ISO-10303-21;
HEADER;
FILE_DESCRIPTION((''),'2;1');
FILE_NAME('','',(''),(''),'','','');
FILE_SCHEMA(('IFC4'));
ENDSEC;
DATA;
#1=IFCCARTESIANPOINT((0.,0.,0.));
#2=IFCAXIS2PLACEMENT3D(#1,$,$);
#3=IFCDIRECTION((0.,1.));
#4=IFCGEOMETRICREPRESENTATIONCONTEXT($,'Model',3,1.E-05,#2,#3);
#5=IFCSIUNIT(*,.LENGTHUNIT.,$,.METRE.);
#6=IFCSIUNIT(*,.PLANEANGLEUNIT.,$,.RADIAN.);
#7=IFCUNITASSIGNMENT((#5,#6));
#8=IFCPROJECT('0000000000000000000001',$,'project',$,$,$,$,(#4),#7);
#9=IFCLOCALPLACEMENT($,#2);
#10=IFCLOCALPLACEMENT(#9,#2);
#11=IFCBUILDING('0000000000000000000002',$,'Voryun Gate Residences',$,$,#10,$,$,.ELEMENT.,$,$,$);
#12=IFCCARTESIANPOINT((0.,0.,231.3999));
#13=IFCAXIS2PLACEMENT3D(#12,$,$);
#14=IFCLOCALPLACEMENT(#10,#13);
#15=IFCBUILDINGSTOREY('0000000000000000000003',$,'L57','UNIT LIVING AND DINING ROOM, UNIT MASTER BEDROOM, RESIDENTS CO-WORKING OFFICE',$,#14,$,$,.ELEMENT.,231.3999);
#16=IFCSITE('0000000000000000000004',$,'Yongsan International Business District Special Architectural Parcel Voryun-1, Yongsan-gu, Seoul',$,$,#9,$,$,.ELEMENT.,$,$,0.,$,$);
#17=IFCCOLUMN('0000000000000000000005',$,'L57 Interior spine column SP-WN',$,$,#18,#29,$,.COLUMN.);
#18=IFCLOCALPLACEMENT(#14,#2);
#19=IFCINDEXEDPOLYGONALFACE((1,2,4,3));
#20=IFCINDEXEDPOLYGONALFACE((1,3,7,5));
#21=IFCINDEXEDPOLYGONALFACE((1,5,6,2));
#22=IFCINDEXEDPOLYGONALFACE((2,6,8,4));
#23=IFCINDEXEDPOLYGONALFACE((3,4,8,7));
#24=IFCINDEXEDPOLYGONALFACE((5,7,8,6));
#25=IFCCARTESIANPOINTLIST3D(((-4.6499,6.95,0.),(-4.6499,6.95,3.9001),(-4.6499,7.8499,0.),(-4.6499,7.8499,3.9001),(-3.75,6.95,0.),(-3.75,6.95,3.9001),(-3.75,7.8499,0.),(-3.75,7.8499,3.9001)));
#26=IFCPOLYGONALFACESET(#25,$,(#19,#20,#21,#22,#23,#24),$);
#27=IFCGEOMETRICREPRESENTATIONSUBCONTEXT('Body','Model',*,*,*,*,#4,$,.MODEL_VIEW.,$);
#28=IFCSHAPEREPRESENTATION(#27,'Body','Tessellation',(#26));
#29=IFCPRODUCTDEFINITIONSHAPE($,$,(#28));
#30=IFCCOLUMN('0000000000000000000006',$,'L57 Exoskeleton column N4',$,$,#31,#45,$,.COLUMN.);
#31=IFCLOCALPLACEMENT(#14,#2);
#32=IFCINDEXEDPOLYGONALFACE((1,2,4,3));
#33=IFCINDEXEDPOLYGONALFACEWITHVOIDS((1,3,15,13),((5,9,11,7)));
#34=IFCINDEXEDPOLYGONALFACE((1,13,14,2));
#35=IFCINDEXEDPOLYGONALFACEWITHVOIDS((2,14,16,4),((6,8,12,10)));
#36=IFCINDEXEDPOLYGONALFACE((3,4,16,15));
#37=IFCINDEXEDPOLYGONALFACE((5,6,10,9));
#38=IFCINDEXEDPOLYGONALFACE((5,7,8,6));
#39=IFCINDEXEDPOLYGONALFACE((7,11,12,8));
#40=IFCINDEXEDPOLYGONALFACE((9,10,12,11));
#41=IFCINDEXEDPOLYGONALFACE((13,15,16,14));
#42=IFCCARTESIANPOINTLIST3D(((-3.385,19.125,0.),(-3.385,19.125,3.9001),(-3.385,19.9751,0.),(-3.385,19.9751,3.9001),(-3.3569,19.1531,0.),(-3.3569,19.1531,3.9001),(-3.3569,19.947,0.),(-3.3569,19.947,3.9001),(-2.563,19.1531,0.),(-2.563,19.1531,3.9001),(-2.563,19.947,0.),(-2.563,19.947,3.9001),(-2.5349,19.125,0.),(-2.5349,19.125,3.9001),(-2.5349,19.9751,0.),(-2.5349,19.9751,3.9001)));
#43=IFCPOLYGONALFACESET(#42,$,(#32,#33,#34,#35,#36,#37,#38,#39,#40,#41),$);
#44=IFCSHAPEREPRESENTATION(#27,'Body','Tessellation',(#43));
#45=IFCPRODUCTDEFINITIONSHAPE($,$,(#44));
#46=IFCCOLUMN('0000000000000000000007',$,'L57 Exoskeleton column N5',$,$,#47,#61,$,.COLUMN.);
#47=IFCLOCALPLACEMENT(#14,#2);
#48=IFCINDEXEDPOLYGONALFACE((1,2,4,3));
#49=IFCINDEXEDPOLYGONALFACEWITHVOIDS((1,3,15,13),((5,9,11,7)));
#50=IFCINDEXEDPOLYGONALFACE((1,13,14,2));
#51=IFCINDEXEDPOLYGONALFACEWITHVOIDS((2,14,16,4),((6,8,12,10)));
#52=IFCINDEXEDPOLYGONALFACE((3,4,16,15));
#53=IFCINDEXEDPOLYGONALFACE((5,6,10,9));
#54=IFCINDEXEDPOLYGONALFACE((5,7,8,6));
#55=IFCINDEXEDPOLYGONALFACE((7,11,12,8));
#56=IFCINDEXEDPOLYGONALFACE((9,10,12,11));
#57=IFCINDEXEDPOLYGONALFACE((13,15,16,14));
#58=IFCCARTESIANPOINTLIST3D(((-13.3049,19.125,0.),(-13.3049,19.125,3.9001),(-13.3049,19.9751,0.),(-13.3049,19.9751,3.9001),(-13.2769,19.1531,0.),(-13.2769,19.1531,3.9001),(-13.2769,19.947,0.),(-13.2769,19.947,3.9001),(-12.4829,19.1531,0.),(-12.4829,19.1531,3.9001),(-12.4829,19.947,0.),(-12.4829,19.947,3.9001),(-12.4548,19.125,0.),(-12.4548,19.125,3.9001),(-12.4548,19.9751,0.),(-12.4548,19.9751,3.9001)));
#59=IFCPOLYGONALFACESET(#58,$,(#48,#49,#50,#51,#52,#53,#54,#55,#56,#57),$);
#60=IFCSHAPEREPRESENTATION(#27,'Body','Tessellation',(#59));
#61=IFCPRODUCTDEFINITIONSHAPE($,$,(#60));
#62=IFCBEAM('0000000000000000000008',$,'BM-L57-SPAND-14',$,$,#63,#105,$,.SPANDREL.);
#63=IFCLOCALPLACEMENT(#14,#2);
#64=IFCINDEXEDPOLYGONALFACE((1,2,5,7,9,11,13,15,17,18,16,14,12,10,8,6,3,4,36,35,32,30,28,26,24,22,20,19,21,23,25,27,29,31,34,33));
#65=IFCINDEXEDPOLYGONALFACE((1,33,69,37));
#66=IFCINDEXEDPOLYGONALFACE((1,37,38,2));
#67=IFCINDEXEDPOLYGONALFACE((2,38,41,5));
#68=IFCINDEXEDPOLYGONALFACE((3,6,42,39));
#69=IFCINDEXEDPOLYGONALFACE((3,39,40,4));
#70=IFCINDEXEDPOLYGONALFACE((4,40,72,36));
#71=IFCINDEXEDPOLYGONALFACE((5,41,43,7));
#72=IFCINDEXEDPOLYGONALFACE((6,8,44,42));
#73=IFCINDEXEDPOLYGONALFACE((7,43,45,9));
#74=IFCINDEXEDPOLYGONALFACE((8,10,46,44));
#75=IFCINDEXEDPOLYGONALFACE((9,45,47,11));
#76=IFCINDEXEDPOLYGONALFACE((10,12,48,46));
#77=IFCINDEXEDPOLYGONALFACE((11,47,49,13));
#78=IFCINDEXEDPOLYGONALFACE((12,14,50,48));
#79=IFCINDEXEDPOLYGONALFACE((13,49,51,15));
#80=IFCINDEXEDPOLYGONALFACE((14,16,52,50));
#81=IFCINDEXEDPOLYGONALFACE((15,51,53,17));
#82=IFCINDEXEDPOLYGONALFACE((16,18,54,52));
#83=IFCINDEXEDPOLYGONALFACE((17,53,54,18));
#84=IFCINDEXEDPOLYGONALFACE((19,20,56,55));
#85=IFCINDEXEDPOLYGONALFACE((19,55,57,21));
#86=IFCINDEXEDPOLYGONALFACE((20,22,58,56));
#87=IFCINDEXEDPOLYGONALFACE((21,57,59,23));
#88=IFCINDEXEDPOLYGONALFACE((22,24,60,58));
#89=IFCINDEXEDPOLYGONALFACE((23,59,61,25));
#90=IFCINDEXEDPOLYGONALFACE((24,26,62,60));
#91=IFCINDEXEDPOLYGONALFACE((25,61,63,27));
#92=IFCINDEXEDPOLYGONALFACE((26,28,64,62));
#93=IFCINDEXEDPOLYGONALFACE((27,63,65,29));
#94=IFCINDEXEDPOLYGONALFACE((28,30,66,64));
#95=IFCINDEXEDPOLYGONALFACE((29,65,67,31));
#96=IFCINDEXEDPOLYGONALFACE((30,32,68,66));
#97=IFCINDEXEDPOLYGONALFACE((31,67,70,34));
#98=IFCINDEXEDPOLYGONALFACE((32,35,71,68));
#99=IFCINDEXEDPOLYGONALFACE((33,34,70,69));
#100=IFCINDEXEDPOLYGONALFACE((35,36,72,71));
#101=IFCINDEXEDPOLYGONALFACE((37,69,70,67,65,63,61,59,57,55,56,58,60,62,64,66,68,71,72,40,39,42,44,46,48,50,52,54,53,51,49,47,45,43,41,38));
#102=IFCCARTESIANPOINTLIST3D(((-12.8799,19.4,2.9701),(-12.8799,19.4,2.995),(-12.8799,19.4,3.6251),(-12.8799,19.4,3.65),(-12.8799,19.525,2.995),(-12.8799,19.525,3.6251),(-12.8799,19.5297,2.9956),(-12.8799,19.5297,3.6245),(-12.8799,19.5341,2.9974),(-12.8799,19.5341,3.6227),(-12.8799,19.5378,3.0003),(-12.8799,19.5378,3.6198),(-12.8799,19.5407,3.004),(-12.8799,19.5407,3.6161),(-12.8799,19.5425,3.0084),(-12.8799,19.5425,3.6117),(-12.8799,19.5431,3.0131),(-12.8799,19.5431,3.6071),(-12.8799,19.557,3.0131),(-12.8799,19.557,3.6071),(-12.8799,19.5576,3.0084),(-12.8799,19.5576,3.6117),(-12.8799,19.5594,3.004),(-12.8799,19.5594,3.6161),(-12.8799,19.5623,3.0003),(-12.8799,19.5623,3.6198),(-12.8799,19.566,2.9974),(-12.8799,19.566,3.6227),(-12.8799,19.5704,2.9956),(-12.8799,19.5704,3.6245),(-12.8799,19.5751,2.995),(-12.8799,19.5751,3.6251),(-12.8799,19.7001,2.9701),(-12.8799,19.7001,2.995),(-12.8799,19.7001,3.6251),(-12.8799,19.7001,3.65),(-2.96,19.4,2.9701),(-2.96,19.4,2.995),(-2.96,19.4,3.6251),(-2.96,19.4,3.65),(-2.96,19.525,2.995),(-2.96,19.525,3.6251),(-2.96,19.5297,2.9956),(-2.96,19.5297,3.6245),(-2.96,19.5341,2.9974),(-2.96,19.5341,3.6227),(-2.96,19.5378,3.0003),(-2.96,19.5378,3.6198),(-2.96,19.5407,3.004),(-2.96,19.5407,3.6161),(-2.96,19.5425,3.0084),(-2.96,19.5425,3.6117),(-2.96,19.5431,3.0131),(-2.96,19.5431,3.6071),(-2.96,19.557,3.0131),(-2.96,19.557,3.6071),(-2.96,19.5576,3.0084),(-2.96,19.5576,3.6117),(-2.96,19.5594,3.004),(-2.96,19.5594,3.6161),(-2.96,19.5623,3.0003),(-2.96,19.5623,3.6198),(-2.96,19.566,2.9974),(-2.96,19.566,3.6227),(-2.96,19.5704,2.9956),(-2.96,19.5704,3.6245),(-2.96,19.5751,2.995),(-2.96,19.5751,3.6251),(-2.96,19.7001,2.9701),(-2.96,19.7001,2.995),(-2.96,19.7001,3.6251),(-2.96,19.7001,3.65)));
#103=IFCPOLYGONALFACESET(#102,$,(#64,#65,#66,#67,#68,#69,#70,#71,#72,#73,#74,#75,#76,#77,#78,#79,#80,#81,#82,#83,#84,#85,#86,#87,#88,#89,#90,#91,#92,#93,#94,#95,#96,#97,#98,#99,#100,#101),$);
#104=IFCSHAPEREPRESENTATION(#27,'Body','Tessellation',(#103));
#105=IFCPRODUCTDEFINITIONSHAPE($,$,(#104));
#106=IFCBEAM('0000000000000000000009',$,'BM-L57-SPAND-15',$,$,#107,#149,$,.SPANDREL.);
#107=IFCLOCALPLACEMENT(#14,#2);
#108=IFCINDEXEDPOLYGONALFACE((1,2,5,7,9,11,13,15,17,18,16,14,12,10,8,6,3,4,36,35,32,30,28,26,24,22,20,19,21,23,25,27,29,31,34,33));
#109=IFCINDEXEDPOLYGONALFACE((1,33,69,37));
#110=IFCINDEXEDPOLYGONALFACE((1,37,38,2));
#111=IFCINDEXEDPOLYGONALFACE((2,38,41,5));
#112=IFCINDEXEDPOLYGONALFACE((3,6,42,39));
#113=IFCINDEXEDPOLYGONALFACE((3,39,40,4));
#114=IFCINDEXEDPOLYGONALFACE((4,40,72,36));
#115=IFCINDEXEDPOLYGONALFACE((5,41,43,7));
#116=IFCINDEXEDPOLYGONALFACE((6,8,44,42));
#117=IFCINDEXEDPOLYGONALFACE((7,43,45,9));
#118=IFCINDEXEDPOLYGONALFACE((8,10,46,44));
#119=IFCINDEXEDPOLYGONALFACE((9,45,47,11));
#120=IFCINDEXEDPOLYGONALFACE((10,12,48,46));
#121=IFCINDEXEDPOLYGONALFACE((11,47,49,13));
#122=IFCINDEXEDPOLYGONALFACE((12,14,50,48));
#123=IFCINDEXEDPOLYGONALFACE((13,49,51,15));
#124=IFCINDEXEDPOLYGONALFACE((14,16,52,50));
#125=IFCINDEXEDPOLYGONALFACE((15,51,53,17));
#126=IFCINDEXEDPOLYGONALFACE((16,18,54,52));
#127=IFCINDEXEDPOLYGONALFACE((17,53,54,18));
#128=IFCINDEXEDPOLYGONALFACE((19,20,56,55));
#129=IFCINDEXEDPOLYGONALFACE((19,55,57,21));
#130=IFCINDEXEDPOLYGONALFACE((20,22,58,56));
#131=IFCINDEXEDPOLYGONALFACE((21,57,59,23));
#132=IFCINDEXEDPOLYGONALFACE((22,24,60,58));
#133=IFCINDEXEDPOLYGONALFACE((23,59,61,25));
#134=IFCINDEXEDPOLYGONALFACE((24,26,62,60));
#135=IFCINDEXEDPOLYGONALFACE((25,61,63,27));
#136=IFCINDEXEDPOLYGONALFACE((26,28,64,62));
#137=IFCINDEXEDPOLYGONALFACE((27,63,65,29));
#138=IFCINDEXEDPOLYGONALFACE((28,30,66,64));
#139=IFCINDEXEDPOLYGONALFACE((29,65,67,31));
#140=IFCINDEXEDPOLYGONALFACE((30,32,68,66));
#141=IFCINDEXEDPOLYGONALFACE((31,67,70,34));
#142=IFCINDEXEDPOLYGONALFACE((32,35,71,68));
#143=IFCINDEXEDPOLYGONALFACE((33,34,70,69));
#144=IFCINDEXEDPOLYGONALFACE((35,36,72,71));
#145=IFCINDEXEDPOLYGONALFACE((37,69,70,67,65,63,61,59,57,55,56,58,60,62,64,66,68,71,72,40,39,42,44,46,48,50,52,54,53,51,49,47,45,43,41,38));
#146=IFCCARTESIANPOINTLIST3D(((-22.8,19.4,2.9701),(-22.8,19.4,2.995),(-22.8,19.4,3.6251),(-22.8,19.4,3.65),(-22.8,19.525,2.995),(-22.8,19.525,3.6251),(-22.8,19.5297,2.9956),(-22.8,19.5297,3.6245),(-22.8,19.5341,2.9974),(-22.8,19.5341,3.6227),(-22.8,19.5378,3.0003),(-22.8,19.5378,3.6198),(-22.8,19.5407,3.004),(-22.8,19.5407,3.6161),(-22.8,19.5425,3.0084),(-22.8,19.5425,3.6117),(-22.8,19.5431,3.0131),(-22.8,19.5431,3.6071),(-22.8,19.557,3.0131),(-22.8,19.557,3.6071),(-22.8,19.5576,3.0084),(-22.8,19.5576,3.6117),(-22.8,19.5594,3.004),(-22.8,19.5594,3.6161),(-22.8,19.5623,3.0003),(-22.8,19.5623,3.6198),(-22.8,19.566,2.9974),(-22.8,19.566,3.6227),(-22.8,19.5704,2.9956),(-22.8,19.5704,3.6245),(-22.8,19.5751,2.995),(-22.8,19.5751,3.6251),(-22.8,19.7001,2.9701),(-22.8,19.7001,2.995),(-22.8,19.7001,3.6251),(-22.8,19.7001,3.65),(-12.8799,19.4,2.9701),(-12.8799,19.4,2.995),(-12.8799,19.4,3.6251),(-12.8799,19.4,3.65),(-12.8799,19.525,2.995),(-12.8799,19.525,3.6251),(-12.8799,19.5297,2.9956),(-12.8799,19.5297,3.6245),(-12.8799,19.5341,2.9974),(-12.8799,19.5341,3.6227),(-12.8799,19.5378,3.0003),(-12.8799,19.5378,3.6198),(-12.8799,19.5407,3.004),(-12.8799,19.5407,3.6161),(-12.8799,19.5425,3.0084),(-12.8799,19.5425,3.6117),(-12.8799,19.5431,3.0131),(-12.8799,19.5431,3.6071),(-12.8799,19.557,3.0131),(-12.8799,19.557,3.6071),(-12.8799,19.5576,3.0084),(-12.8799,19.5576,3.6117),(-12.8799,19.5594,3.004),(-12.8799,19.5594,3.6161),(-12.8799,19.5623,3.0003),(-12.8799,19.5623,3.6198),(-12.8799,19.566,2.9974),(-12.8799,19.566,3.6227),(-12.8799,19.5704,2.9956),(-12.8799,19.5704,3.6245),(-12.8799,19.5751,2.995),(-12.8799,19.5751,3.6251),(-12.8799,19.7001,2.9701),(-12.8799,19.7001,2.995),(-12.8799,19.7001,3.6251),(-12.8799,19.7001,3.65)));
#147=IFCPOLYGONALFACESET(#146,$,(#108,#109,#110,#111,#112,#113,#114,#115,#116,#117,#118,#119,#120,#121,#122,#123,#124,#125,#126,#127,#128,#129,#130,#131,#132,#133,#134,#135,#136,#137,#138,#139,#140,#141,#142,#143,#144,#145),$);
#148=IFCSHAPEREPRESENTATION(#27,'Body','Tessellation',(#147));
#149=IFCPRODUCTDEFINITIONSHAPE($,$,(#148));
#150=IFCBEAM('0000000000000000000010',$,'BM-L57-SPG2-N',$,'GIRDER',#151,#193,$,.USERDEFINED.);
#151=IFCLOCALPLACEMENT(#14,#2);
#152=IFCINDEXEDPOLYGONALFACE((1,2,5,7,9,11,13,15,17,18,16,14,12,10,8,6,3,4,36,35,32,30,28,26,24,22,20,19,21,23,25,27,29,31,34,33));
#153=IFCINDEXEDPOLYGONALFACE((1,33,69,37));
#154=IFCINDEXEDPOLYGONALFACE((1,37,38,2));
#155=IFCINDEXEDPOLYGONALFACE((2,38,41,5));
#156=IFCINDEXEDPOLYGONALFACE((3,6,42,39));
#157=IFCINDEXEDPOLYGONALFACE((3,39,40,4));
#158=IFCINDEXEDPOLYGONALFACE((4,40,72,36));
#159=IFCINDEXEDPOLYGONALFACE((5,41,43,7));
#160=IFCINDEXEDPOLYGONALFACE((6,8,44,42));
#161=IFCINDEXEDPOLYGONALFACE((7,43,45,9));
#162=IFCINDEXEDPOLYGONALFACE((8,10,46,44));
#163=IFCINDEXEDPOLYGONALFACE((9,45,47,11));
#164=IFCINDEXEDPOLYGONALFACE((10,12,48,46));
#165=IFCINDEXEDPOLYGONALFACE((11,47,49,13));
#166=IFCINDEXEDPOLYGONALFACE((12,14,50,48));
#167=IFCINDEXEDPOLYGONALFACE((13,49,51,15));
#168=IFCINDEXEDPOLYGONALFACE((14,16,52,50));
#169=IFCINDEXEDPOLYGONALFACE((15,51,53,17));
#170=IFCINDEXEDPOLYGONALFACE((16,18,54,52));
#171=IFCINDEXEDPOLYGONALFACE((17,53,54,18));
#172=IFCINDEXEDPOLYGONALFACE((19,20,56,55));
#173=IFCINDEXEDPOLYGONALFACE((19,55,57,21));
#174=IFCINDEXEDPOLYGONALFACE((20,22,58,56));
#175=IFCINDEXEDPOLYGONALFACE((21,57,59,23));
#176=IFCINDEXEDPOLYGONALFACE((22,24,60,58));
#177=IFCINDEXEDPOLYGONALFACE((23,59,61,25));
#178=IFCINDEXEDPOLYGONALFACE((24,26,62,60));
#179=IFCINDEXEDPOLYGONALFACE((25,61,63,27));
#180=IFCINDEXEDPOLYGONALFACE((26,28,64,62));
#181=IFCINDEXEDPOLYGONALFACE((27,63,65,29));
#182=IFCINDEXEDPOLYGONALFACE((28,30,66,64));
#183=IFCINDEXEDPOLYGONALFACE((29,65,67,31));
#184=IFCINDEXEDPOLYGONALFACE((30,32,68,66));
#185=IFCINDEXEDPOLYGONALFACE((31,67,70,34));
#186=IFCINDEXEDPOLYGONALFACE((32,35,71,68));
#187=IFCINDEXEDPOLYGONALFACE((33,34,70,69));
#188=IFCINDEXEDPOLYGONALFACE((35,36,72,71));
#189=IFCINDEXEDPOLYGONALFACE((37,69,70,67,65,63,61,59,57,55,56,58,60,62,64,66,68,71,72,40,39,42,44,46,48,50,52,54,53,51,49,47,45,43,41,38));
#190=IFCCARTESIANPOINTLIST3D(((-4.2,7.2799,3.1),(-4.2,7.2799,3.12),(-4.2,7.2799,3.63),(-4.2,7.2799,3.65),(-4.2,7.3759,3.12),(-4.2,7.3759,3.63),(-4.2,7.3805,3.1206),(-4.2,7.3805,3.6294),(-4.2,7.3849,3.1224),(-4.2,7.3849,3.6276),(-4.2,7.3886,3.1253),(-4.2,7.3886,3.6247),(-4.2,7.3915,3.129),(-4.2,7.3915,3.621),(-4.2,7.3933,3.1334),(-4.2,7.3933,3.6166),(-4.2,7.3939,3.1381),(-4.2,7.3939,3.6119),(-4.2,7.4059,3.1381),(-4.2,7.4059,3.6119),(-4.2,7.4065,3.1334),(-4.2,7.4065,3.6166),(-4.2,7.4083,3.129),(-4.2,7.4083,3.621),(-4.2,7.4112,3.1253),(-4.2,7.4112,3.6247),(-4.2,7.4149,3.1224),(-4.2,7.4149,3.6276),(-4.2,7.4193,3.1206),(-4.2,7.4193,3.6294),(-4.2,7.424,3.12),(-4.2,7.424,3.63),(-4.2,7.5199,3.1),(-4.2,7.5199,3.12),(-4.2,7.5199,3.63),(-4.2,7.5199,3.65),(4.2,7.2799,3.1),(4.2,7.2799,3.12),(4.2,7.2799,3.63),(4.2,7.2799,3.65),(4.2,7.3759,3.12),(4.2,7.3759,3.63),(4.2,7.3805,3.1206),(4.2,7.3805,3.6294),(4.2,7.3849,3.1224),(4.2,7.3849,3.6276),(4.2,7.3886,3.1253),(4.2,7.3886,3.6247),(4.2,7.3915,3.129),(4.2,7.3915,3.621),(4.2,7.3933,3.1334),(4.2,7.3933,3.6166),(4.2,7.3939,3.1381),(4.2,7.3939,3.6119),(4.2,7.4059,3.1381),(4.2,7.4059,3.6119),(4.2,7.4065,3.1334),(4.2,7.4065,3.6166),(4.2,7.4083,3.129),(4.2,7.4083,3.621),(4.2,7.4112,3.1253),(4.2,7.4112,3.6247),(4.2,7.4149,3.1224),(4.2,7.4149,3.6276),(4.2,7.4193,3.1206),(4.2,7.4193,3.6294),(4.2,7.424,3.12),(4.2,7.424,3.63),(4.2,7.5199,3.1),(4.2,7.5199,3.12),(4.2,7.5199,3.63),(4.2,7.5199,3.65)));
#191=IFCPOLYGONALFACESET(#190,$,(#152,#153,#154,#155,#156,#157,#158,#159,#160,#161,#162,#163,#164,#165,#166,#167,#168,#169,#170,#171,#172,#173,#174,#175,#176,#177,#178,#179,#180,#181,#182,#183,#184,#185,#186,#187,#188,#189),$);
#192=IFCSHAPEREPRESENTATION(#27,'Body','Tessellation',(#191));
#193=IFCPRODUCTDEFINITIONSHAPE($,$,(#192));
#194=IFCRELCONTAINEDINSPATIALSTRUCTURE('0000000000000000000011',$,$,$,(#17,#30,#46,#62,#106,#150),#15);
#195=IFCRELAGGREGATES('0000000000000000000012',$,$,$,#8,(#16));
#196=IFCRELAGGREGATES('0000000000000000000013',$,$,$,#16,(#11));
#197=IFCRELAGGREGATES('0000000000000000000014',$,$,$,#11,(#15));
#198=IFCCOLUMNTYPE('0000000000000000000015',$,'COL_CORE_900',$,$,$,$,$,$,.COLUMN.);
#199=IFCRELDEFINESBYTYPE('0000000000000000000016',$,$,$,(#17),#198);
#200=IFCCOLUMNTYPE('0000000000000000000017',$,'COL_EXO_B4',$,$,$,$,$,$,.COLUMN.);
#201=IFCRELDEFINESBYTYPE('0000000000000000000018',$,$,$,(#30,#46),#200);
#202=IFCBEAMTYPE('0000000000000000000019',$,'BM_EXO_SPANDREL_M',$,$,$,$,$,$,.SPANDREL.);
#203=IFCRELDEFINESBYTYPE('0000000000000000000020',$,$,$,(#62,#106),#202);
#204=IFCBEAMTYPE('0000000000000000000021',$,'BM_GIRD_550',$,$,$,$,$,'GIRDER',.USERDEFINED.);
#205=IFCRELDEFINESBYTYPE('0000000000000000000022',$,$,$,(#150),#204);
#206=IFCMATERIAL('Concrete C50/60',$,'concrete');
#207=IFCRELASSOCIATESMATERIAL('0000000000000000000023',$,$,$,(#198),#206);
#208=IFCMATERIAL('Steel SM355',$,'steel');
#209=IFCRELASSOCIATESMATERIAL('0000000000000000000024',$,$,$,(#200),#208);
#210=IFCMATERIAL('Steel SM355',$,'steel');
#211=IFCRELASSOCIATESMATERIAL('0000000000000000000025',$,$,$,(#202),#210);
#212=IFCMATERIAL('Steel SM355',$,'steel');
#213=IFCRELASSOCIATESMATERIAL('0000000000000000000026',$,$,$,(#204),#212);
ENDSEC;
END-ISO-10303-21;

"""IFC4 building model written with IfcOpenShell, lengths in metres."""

from ifc_helpers import new_model, si_unit, direction, frame, origin, origin_2d, place, context, subcontext, project, spatial, rectangle, hollow_rectangle, i_section, extrude, material, material_profile, profile_set, type_object, element, save


model = new_model("IFC4")

# Units and contexts
model_context = context("Model", 3, precision=1e-05, world=origin(), true_north=direction((0.0, 1.0)))
body_context = subcontext(model_context, "Body", "Model", "MODEL_VIEW")
ifc_project = project(units=[si_unit("LENGTHUNIT", "METRE"), si_unit("PLANEANGLEUNIT", "RADIAN")], contexts=[model_context])

# Site, building, storey
site_placement = place(None, origin())
site = spatial("IfcSite", under=ifc_project, at=site_placement, Name="Yongsan International Business District Special Architectural Parcel Voryun-1, Yongsan-gu, Seoul", CompositionType="ELEMENT", RefElevation=0.0)
building_placement = place(site_placement, origin())
building = spatial("IfcBuilding", under=site, at=building_placement, Name="Voryun Gate Residences", CompositionType="ELEMENT")
storey_placement = place(building_placement, frame((0.0, 0.0, 231.3999)))
storey = spatial("IfcBuildingStorey", under=building, at=storey_placement, Name="L57", Description="UNIT LIVING AND DINING ROOM, UNIT MASTER BEDROOM, RESIDENTS CO-WORKING OFFICE", CompositionType="ELEMENT", Elevation=231.3999)

# Columns
ifc_material_1 = material(Name="Concrete C50/60", Category="concrete")
ifc_material_profile_1 = material_profile(ifc_material_1, rectangle(XDim=0.8999, YDim=0.8999, at=origin_2d()), Name="RC-900x900")
ifc_profile_set_1 = profile_set([ifc_material_profile_1], Name="Concrete C50/60")
column_type_1 = type_object("IfcColumnType", Name="COL_CORE_900", PredefinedType="COLUMN", material=ifc_profile_set_1)
column_placement = place(storey_placement, frame((-4.2, 7.3999, 0.0), z_axis=(0.0, 0.0, 1.0), x_axis=(1.0, 0.0, 0.0)))
element("IfcColumn", 1, at=column_placement, inside=storey, type_object=column_type_1, Name="L57 Interior spine column SP-WN", PredefinedType="COLUMN", context=body_context, shape_type="SweptSolid", body=[
    extrude(rectangle(XDim=0.8999, YDim=0.8999, at=origin_2d()), origin(), (0.0, 0.0, 1.0), 3.9001),
])
ifc_material_2 = material(Name="Steel SM355", Category="steel")
ifc_material_profile_2 = material_profile(ifc_material_2, hollow_rectangle(XDim=0.8501, YDim=0.8501, WallThickness=0.0281, at=origin_2d()), Name="BOX-850x850x28")
ifc_profile_set_2 = profile_set([ifc_material_profile_2], Name="Steel SM355")
column_type_2 = type_object("IfcColumnType", Name="COL_EXO_B4", PredefinedType="COLUMN", material=ifc_profile_set_2)
for number, where, z_axis, x_axis, name in (
    (2, (-2.96, 19.55, 0.0), (0.0, 0.0, 1.0), (1.0, 0.0, 0.0), "L57 Exoskeleton column N4"),
    (3, (-12.8799, 19.55, 0.0), (0.0, 0.0, 1.0), (1.0, 0.0, 0.0), "L57 Exoskeleton column N5"),
):
    element("IfcColumn", number, at=place(storey_placement, frame(where, z_axis=z_axis, x_axis=x_axis)), inside=storey, type_object=column_type_2, Name=name, PredefinedType="COLUMN", context=body_context, shape_type="SweptSolid", body=[
        extrude(hollow_rectangle(XDim=0.8501, YDim=0.8501, WallThickness=0.0281, at=origin_2d()), origin(), (0.0, 0.0, 1.0), 3.9001),
    ])

# Beams
ifc_material_3 = material(Name="Steel SM355", Category="steel")
ifc_material_profile_3 = material_profile(ifc_material_3, i_section(OverallWidth=0.3, OverallDepth=0.6799, WebThickness=0.0139, FlangeThickness=0.0249, FilletRadius=0.0181, at=origin_2d()), Name="H-680x300x14x25")
ifc_profile_set_3 = profile_set([ifc_material_profile_3], Name="Steel SM355")
beam_type_1 = type_object("IfcBeamType", Name="BM_EXO_SPANDREL_M", PredefinedType="SPANDREL", material=ifc_profile_set_3)
beam_1_placement = place(storey_placement, frame((-2.96, 19.55, 3.3101), z_axis=(-1.0, 0.0, 0.0), x_axis=(0.0, -1.0, 0.0)))
element("IfcBeam", 4, at=beam_1_placement, inside=storey, type_object=beam_type_1, Name="BM-L57-SPAND-14", PredefinedType="SPANDREL", context=body_context, shape_type="SweptSolid", body=[
    extrude(i_section(OverallWidth=0.3, OverallDepth=0.6799, WebThickness=0.0139, FlangeThickness=0.0249, FilletRadius=0.0181, at=origin_2d()), origin(), (0.0, 0.0, 1.0), 9.9199),
])
beam_2_placement = place(storey_placement, frame((-12.8799, 19.55, 3.3101), z_axis=(-1.0, 0.0, 0.0), x_axis=(0.0, -1.0, 0.0)))
element("IfcBeam", 5, at=beam_2_placement, inside=storey, type_object=beam_type_1, Name="BM-L57-SPAND-15", PredefinedType="SPANDREL", context=body_context, shape_type="SweptSolid", body=[
    extrude(i_section(OverallWidth=0.3, OverallDepth=0.6799, WebThickness=0.0139, FlangeThickness=0.0249, FilletRadius=0.0181, at=origin_2d()), origin(), (0.0, 0.0, 1.0), 9.9202),
])
ifc_material_4 = material(Name="Steel SM355", Category="steel")
ifc_material_profile_4 = material_profile(ifc_material_4, i_section(OverallWidth=0.24, OverallDepth=0.55, WebThickness=0.012, FlangeThickness=0.02, FilletRadius=0.0181, at=origin_2d()), Name="H-550x240x12x20")
ifc_profile_set_4 = profile_set([ifc_material_profile_4], Name="Steel SM355")
beam_type_2 = type_object("IfcBeamType", Name="BM_GIRD_550", ElementType="GIRDER", PredefinedType="USERDEFINED", material=ifc_profile_set_4)
beam_3_placement = place(storey_placement, frame((-4.2, 7.3999, 3.375), z_axis=(1.0, 0.0, 0.0), x_axis=(0.0, 1.0, 0.0)))
element("IfcBeam", 6, at=beam_3_placement, inside=storey, type_object=beam_type_2, Name="BM-L57-SPG2-N", ObjectType="GIRDER", PredefinedType="USERDEFINED", context=body_context, shape_type="SweptSolid", body=[
    extrude(i_section(OverallWidth=0.24, OverallDepth=0.55, WebThickness=0.012, FlangeThickness=0.02, FilletRadius=0.0181, at=origin_2d()), origin(), (0.0, 0.0, 1.0), 8.3999),
])

save(model, "model.ifc")
